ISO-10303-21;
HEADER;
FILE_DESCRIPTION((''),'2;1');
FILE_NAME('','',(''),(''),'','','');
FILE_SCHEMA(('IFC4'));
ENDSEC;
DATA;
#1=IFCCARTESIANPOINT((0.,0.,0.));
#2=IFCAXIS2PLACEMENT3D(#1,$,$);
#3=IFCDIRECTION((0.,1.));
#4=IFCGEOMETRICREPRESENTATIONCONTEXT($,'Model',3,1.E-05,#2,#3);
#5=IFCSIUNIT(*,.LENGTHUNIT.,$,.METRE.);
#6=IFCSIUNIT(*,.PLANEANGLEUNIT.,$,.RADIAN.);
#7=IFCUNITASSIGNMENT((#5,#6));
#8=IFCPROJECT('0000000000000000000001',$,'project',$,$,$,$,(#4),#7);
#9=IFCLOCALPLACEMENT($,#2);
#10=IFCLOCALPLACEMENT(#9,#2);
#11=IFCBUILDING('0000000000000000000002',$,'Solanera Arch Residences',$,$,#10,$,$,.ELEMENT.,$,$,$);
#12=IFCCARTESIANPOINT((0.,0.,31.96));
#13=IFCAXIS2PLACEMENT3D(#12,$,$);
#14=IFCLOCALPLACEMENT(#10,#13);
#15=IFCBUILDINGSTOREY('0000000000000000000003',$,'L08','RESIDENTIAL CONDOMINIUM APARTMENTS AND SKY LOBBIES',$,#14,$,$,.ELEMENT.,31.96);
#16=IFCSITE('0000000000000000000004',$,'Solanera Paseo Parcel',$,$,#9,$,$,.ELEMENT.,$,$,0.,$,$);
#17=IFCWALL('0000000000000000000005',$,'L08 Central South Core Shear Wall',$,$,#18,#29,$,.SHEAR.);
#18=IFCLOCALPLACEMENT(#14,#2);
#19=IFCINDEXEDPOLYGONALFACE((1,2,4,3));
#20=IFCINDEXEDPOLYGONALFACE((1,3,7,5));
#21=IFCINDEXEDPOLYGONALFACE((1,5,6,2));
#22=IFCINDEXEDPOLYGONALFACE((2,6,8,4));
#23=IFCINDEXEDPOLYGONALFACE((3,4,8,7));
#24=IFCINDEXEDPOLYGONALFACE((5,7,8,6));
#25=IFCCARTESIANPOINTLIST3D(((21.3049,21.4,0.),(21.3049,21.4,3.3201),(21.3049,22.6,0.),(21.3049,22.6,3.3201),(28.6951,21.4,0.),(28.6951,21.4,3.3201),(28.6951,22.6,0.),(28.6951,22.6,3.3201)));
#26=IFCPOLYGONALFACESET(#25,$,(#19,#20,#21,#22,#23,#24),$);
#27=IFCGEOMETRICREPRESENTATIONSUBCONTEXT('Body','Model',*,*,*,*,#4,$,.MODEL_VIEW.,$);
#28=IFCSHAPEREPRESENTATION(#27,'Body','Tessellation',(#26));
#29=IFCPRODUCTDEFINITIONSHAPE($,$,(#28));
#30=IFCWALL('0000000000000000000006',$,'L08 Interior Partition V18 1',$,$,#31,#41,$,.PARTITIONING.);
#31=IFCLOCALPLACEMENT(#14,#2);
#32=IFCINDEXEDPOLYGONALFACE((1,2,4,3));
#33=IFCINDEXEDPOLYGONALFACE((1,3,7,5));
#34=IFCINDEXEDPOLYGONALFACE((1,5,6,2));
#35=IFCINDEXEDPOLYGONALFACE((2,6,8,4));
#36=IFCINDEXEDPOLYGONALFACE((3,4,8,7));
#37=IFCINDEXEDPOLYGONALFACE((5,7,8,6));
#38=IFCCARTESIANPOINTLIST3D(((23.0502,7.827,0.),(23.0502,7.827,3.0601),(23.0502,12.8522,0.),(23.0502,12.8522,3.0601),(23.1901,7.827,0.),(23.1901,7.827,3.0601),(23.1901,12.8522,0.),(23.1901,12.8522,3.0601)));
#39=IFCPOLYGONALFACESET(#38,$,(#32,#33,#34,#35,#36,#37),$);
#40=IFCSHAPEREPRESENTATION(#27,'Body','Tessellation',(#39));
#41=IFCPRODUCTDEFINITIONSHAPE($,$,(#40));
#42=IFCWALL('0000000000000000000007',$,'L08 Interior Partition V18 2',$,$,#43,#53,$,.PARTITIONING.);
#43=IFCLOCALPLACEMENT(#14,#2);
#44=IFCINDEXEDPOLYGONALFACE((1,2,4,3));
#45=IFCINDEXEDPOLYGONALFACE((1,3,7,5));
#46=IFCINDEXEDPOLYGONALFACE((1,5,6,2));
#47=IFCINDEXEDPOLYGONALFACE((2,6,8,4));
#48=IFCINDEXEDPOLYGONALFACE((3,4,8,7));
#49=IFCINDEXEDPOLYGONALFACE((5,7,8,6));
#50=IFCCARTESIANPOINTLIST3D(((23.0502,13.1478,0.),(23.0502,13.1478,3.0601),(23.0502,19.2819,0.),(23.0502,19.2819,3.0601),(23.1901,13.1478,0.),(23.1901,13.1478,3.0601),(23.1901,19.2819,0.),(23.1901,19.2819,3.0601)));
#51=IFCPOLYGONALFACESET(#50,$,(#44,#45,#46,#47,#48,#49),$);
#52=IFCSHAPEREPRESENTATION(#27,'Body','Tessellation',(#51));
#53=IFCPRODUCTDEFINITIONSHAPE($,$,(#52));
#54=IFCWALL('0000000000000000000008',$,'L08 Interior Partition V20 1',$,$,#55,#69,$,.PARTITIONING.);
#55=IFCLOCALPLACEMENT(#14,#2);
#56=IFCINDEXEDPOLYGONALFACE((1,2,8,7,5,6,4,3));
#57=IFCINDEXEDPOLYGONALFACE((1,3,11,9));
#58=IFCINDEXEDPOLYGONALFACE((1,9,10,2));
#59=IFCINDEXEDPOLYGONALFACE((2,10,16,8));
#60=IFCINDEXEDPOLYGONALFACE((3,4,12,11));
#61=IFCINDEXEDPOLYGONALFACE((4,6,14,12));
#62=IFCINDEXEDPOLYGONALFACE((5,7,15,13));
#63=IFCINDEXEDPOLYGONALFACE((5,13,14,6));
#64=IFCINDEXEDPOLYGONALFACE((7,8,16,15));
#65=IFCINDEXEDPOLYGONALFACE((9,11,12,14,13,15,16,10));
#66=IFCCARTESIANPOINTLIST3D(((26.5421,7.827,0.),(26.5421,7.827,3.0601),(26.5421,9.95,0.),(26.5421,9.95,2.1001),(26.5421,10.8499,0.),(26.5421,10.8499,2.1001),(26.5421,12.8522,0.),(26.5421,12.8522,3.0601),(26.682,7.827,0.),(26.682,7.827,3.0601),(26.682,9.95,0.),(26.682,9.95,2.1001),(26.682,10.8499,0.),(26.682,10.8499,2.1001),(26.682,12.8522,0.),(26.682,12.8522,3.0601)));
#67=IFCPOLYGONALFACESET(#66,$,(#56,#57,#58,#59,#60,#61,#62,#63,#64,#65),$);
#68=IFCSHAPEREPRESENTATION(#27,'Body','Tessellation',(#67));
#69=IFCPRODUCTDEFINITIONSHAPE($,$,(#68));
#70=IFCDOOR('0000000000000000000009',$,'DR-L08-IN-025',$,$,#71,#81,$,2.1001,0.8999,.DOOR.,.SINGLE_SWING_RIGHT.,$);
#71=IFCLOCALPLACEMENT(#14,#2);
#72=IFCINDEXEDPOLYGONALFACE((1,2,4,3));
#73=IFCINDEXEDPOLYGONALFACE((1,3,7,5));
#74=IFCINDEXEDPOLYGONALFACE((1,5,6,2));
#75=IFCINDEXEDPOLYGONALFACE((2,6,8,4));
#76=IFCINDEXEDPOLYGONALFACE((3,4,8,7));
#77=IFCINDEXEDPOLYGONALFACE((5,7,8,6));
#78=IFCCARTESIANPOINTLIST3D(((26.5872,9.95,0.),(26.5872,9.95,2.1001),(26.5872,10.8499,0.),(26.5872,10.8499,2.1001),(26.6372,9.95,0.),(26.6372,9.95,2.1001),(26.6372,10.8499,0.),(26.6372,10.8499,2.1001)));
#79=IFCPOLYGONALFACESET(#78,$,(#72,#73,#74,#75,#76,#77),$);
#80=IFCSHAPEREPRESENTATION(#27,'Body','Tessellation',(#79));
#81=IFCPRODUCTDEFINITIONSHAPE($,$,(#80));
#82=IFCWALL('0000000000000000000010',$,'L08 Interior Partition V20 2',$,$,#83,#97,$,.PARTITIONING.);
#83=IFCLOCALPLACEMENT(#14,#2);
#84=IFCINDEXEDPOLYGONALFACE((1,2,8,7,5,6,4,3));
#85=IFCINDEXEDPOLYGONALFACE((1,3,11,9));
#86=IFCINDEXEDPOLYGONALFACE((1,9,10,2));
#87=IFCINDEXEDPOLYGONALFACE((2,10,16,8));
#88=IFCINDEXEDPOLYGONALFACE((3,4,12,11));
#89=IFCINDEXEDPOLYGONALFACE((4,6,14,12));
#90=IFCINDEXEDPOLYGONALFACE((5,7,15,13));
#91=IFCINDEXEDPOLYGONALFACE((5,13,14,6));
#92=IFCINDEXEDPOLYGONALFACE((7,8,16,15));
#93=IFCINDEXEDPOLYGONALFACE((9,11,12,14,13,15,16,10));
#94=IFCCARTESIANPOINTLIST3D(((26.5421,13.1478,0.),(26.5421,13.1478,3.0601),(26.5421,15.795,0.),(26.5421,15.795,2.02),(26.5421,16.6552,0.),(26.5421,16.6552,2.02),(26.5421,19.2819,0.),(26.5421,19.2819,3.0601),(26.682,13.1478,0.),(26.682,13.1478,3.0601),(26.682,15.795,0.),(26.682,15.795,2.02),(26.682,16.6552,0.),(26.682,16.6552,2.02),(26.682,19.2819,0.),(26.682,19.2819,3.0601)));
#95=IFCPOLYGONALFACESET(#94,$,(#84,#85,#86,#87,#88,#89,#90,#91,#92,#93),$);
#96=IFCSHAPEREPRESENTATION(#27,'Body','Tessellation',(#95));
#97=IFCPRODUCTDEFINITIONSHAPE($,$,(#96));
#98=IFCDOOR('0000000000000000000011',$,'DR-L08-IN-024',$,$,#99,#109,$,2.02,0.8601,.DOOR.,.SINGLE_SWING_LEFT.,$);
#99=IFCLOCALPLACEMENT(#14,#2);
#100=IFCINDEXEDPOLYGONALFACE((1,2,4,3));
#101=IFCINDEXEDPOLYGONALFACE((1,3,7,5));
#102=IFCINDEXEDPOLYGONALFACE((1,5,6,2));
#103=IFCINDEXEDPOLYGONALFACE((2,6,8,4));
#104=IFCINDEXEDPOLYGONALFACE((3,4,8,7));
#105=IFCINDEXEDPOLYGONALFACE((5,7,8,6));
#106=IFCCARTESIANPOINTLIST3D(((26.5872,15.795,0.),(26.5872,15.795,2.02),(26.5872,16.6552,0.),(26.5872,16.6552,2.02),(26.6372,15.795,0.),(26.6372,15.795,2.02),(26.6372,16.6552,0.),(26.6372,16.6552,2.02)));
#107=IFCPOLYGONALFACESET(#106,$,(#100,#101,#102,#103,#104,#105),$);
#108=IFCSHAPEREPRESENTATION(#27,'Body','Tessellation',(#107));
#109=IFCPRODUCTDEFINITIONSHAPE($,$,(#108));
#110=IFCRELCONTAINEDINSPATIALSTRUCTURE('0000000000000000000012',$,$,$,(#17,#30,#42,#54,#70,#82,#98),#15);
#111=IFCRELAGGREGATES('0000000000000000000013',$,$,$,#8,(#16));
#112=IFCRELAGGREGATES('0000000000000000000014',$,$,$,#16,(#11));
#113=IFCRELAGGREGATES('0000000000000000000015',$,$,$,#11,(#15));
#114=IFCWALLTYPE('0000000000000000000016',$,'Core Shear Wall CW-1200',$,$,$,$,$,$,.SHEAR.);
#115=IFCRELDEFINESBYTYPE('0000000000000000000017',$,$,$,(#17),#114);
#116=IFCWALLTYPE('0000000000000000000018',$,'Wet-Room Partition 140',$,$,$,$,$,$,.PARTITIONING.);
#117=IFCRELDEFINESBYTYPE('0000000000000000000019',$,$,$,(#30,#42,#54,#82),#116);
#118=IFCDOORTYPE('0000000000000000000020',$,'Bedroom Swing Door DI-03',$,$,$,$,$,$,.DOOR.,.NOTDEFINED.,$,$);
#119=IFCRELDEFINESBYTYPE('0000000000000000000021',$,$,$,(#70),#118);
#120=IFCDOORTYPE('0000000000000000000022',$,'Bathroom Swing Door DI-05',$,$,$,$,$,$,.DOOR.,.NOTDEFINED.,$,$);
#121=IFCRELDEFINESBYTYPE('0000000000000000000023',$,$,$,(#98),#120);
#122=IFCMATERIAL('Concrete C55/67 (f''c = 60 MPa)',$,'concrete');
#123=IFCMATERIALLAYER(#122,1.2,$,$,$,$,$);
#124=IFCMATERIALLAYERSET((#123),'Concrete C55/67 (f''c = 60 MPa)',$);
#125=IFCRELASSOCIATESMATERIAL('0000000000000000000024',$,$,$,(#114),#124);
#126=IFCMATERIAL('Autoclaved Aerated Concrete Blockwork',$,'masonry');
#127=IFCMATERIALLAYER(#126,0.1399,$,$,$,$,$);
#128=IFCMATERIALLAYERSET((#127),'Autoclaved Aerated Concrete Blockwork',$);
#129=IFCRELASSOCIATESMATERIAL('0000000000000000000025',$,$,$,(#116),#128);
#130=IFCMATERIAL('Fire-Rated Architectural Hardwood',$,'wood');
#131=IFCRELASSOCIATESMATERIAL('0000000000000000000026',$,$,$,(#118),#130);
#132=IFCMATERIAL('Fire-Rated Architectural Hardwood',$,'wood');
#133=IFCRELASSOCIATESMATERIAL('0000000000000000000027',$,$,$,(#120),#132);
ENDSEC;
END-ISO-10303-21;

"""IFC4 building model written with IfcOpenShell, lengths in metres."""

from ifc_helpers import new_model, si_unit, direction, frame, frame_2d, origin, place, context, subcontext, project, spatial, rectangle, extrude, material, layer, layer_set, type_object, element, fill, save


model = new_model("IFC4")

# Units and contexts
model_context = context("Model", 3, precision=1e-05, world=origin(), true_north=direction((0.0, 1.0)))
body_context = subcontext(model_context, "Body", "Model", "MODEL_VIEW")
ifc_project = project(units=[si_unit("LENGTHUNIT", "METRE"), si_unit("PLANEANGLEUNIT", "RADIAN")], contexts=[model_context])

# Site, building, storey
site_placement = place(None, origin())
site = spatial("IfcSite", under=ifc_project, at=site_placement, Name="Solanera Paseo Parcel", CompositionType="ELEMENT", RefElevation=0.0)
building_placement = place(site_placement, origin())
building = spatial("IfcBuilding", under=site, at=building_placement, Name="Solanera Arch Residences", CompositionType="ELEMENT")
storey_placement = place(building_placement, frame((0.0, 0.0, 31.96)))
storey = spatial("IfcBuildingStorey", under=building, at=storey_placement, Name="L08", Description="RESIDENTIAL CONDOMINIUM APARTMENTS AND SKY LOBBIES", CompositionType="ELEMENT", Elevation=31.96)

# Walls
ifc_material_1 = material(Name="Concrete C55/67 (f'c = 60 MPa)", Category="concrete")
ifc_layer_1 = layer(ifc_material_1, 1.2)
ifc_layer_set_1 = layer_set([ifc_layer_1], Name="Concrete C55/67 (f'c = 60 MPa)")
wall_type_1 = type_object("IfcWallType", Name="Core Shear Wall CW-1200", PredefinedType="SHEAR", material=ifc_layer_set_1)
wall_1_placement = place(storey_placement, frame((21.3049, 22.0, 0.0), z_axis=(0.0, 0.0, 1.0), x_axis=(1.0, 0.0, 0.0)))
element("IfcWall", 1, at=wall_1_placement, inside=storey, type_object=wall_type_1, Name="L08 Central South Core Shear Wall", PredefinedType="SHEAR", context=body_context, shape_type="SweptSolid", body=[
    extrude(rectangle(XDim=7.3901, YDim=1.2, at=frame_2d((3.6951, 0.0))), origin(), (0.0, 0.0, 1.0), 3.3201),
])
ifc_material_2 = material(Name="Autoclaved Aerated Concrete Blockwork", Category="masonry")
ifc_layer_2 = layer(ifc_material_2, 0.1399)
ifc_layer_set_2 = layer_set([ifc_layer_2], Name="Autoclaved Aerated Concrete Blockwork")
wall_type_2 = type_object("IfcWallType", Name="Wet-Room Partition 140", PredefinedType="PARTITIONING", material=ifc_layer_set_2)
wall_2_placement = place(storey_placement, frame((23.1201, 7.8269, 0.0), z_axis=(0.0, 0.0, 1.0), x_axis=(0.0, 1.0, 0.0)))
element("IfcWall", 2, at=wall_2_placement, inside=storey, type_object=wall_type_2, Name="L08 Interior Partition V18 1", PredefinedType="PARTITIONING", context=body_context, shape_type="SweptSolid", body=[
    extrude(rectangle(XDim=5.0251, YDim=0.1399, at=frame_2d((2.5127, 0.0))), origin(), (0.0, 0.0, 1.0), 3.0601),
])
wall_3_placement = place(storey_placement, frame((23.1201, 13.1479, 0.0), z_axis=(0.0, 0.0, 1.0), x_axis=(0.0, 1.0, 0.0)))
element("IfcWall", 3, at=wall_3_placement, inside=storey, type_object=wall_type_2, Name="L08 Interior Partition V18 2", PredefinedType="PARTITIONING", context=body_context, shape_type="SweptSolid", body=[
    extrude(rectangle(XDim=6.134, YDim=0.1399, at=frame_2d((3.0669, 0.0))), origin(), (0.0, 0.0, 1.0), 3.0601),
])

# Walls, openings, doors
wall_4_placement = place(storey_placement, frame((26.6121, 7.8269, 0.0), z_axis=(0.0, 0.0, 1.0), x_axis=(0.0, 1.0, 0.0)))
wall_4 = element("IfcWall", 4, at=wall_4_placement, inside=storey, type_object=wall_type_2, Name="L08 Interior Partition V20 1", PredefinedType="PARTITIONING", context=body_context, shape_type="SweptSolid", body=[
    extrude(rectangle(XDim=5.0251, YDim=0.1399, at=frame_2d((2.5127, 0.0))), origin(), (0.0, 0.0, 1.0), 3.0601),
])
opening_1_placement = place(wall_4_placement, frame((2.123, 0.0, 0.0)))
opening_1 = element("IfcOpeningElement", 5, at=opening_1_placement, cuts=wall_4, PredefinedType="OPENING", context=body_context, shape_type="SweptSolid", body=[
    extrude(rectangle(XDim=0.8999, YDim=2.1001, at=frame_2d((0.45, 1.05))), frame((0.0, 0.0798, 0.0), z_axis=(0.0, -1.0, 0.0), x_axis=(1.0, 0.0, 0.0)), (0.0, 0.0, 1.0), 0.1599),
])
ifc_material_3 = material(Name="Fire-Rated Architectural Hardwood", Category="wood")
door_type_1 = type_object("IfcDoorType", Name="Bedroom Swing Door DI-03", OperationType="NOTDEFINED", PredefinedType="DOOR", material=ifc_material_3)
door_1_placement = place(opening_1_placement, origin())
door_1 = element("IfcDoor", 6, at=door_1_placement, inside=storey, type_object=door_type_1, Name="DR-L08-IN-025", OperationType="SINGLE_SWING_RIGHT", OverallHeight=2.1001, OverallWidth=0.8999, PredefinedType="DOOR", context=body_context, shape_type="SweptSolid", body=[
    extrude(rectangle(XDim=0.8999, YDim=2.1001, at=frame_2d((0.45, 1.05))), frame((0.0, 0.0249, 0.0), z_axis=(0.0, -1.0, 0.0), x_axis=(1.0, 0.0, 0.0)), (0.0, 0.0, 1.0), 0.05),
])
fill(opening_1, door_1)
wall_5_placement = place(storey_placement, frame((26.6121, 13.1479, 0.0), z_axis=(0.0, 0.0, 1.0), x_axis=(0.0, 1.0, 0.0)))
wall_5 = element("IfcWall", 7, at=wall_5_placement, inside=storey, type_object=wall_type_2, Name="L08 Interior Partition V20 2", PredefinedType="PARTITIONING", context=body_context, shape_type="SweptSolid", body=[
    extrude(rectangle(XDim=6.134, YDim=0.1399, at=frame_2d((3.0669, 0.0))), origin(), (0.0, 0.0, 1.0), 3.0601),
])
opening_2_placement = place(wall_5_placement, frame((2.647, 0.0, 0.0)))
opening_2 = element("IfcOpeningElement", 8, at=opening_2_placement, cuts=wall_5, PredefinedType="OPENING", context=body_context, shape_type="SweptSolid", body=[
    extrude(rectangle(XDim=0.8601, YDim=2.02, at=frame_2d((0.4302, 1.01))), frame((0.0, 0.0798, 0.0), z_axis=(0.0, -1.0, 0.0), x_axis=(1.0, 0.0, 0.0)), (0.0, 0.0, 1.0), 0.1599),
])
ifc_material_4 = material(Name="Fire-Rated Architectural Hardwood", Category="wood")
door_type_2 = type_object("IfcDoorType", Name="Bathroom Swing Door DI-05", OperationType="NOTDEFINED", PredefinedType="DOOR", material=ifc_material_4)
door_2_placement = place(opening_2_placement, origin())
door_2 = element("IfcDoor", 9, at=door_2_placement, inside=storey, type_object=door_type_2, Name="DR-L08-IN-024", OperationType="SINGLE_SWING_LEFT", OverallHeight=2.02, OverallWidth=0.8601, PredefinedType="DOOR", context=body_context, shape_type="SweptSolid", body=[
    extrude(rectangle(XDim=0.8601, YDim=2.02, at=frame_2d((0.4302, 1.01))), frame((0.0, 0.0249, 0.0), z_axis=(0.0, -1.0, 0.0), x_axis=(1.0, 0.0, 0.0)), (0.0, 0.0, 1.0), 0.05),
])
fill(opening_2, door_2)

save(model, "model.ifc")
